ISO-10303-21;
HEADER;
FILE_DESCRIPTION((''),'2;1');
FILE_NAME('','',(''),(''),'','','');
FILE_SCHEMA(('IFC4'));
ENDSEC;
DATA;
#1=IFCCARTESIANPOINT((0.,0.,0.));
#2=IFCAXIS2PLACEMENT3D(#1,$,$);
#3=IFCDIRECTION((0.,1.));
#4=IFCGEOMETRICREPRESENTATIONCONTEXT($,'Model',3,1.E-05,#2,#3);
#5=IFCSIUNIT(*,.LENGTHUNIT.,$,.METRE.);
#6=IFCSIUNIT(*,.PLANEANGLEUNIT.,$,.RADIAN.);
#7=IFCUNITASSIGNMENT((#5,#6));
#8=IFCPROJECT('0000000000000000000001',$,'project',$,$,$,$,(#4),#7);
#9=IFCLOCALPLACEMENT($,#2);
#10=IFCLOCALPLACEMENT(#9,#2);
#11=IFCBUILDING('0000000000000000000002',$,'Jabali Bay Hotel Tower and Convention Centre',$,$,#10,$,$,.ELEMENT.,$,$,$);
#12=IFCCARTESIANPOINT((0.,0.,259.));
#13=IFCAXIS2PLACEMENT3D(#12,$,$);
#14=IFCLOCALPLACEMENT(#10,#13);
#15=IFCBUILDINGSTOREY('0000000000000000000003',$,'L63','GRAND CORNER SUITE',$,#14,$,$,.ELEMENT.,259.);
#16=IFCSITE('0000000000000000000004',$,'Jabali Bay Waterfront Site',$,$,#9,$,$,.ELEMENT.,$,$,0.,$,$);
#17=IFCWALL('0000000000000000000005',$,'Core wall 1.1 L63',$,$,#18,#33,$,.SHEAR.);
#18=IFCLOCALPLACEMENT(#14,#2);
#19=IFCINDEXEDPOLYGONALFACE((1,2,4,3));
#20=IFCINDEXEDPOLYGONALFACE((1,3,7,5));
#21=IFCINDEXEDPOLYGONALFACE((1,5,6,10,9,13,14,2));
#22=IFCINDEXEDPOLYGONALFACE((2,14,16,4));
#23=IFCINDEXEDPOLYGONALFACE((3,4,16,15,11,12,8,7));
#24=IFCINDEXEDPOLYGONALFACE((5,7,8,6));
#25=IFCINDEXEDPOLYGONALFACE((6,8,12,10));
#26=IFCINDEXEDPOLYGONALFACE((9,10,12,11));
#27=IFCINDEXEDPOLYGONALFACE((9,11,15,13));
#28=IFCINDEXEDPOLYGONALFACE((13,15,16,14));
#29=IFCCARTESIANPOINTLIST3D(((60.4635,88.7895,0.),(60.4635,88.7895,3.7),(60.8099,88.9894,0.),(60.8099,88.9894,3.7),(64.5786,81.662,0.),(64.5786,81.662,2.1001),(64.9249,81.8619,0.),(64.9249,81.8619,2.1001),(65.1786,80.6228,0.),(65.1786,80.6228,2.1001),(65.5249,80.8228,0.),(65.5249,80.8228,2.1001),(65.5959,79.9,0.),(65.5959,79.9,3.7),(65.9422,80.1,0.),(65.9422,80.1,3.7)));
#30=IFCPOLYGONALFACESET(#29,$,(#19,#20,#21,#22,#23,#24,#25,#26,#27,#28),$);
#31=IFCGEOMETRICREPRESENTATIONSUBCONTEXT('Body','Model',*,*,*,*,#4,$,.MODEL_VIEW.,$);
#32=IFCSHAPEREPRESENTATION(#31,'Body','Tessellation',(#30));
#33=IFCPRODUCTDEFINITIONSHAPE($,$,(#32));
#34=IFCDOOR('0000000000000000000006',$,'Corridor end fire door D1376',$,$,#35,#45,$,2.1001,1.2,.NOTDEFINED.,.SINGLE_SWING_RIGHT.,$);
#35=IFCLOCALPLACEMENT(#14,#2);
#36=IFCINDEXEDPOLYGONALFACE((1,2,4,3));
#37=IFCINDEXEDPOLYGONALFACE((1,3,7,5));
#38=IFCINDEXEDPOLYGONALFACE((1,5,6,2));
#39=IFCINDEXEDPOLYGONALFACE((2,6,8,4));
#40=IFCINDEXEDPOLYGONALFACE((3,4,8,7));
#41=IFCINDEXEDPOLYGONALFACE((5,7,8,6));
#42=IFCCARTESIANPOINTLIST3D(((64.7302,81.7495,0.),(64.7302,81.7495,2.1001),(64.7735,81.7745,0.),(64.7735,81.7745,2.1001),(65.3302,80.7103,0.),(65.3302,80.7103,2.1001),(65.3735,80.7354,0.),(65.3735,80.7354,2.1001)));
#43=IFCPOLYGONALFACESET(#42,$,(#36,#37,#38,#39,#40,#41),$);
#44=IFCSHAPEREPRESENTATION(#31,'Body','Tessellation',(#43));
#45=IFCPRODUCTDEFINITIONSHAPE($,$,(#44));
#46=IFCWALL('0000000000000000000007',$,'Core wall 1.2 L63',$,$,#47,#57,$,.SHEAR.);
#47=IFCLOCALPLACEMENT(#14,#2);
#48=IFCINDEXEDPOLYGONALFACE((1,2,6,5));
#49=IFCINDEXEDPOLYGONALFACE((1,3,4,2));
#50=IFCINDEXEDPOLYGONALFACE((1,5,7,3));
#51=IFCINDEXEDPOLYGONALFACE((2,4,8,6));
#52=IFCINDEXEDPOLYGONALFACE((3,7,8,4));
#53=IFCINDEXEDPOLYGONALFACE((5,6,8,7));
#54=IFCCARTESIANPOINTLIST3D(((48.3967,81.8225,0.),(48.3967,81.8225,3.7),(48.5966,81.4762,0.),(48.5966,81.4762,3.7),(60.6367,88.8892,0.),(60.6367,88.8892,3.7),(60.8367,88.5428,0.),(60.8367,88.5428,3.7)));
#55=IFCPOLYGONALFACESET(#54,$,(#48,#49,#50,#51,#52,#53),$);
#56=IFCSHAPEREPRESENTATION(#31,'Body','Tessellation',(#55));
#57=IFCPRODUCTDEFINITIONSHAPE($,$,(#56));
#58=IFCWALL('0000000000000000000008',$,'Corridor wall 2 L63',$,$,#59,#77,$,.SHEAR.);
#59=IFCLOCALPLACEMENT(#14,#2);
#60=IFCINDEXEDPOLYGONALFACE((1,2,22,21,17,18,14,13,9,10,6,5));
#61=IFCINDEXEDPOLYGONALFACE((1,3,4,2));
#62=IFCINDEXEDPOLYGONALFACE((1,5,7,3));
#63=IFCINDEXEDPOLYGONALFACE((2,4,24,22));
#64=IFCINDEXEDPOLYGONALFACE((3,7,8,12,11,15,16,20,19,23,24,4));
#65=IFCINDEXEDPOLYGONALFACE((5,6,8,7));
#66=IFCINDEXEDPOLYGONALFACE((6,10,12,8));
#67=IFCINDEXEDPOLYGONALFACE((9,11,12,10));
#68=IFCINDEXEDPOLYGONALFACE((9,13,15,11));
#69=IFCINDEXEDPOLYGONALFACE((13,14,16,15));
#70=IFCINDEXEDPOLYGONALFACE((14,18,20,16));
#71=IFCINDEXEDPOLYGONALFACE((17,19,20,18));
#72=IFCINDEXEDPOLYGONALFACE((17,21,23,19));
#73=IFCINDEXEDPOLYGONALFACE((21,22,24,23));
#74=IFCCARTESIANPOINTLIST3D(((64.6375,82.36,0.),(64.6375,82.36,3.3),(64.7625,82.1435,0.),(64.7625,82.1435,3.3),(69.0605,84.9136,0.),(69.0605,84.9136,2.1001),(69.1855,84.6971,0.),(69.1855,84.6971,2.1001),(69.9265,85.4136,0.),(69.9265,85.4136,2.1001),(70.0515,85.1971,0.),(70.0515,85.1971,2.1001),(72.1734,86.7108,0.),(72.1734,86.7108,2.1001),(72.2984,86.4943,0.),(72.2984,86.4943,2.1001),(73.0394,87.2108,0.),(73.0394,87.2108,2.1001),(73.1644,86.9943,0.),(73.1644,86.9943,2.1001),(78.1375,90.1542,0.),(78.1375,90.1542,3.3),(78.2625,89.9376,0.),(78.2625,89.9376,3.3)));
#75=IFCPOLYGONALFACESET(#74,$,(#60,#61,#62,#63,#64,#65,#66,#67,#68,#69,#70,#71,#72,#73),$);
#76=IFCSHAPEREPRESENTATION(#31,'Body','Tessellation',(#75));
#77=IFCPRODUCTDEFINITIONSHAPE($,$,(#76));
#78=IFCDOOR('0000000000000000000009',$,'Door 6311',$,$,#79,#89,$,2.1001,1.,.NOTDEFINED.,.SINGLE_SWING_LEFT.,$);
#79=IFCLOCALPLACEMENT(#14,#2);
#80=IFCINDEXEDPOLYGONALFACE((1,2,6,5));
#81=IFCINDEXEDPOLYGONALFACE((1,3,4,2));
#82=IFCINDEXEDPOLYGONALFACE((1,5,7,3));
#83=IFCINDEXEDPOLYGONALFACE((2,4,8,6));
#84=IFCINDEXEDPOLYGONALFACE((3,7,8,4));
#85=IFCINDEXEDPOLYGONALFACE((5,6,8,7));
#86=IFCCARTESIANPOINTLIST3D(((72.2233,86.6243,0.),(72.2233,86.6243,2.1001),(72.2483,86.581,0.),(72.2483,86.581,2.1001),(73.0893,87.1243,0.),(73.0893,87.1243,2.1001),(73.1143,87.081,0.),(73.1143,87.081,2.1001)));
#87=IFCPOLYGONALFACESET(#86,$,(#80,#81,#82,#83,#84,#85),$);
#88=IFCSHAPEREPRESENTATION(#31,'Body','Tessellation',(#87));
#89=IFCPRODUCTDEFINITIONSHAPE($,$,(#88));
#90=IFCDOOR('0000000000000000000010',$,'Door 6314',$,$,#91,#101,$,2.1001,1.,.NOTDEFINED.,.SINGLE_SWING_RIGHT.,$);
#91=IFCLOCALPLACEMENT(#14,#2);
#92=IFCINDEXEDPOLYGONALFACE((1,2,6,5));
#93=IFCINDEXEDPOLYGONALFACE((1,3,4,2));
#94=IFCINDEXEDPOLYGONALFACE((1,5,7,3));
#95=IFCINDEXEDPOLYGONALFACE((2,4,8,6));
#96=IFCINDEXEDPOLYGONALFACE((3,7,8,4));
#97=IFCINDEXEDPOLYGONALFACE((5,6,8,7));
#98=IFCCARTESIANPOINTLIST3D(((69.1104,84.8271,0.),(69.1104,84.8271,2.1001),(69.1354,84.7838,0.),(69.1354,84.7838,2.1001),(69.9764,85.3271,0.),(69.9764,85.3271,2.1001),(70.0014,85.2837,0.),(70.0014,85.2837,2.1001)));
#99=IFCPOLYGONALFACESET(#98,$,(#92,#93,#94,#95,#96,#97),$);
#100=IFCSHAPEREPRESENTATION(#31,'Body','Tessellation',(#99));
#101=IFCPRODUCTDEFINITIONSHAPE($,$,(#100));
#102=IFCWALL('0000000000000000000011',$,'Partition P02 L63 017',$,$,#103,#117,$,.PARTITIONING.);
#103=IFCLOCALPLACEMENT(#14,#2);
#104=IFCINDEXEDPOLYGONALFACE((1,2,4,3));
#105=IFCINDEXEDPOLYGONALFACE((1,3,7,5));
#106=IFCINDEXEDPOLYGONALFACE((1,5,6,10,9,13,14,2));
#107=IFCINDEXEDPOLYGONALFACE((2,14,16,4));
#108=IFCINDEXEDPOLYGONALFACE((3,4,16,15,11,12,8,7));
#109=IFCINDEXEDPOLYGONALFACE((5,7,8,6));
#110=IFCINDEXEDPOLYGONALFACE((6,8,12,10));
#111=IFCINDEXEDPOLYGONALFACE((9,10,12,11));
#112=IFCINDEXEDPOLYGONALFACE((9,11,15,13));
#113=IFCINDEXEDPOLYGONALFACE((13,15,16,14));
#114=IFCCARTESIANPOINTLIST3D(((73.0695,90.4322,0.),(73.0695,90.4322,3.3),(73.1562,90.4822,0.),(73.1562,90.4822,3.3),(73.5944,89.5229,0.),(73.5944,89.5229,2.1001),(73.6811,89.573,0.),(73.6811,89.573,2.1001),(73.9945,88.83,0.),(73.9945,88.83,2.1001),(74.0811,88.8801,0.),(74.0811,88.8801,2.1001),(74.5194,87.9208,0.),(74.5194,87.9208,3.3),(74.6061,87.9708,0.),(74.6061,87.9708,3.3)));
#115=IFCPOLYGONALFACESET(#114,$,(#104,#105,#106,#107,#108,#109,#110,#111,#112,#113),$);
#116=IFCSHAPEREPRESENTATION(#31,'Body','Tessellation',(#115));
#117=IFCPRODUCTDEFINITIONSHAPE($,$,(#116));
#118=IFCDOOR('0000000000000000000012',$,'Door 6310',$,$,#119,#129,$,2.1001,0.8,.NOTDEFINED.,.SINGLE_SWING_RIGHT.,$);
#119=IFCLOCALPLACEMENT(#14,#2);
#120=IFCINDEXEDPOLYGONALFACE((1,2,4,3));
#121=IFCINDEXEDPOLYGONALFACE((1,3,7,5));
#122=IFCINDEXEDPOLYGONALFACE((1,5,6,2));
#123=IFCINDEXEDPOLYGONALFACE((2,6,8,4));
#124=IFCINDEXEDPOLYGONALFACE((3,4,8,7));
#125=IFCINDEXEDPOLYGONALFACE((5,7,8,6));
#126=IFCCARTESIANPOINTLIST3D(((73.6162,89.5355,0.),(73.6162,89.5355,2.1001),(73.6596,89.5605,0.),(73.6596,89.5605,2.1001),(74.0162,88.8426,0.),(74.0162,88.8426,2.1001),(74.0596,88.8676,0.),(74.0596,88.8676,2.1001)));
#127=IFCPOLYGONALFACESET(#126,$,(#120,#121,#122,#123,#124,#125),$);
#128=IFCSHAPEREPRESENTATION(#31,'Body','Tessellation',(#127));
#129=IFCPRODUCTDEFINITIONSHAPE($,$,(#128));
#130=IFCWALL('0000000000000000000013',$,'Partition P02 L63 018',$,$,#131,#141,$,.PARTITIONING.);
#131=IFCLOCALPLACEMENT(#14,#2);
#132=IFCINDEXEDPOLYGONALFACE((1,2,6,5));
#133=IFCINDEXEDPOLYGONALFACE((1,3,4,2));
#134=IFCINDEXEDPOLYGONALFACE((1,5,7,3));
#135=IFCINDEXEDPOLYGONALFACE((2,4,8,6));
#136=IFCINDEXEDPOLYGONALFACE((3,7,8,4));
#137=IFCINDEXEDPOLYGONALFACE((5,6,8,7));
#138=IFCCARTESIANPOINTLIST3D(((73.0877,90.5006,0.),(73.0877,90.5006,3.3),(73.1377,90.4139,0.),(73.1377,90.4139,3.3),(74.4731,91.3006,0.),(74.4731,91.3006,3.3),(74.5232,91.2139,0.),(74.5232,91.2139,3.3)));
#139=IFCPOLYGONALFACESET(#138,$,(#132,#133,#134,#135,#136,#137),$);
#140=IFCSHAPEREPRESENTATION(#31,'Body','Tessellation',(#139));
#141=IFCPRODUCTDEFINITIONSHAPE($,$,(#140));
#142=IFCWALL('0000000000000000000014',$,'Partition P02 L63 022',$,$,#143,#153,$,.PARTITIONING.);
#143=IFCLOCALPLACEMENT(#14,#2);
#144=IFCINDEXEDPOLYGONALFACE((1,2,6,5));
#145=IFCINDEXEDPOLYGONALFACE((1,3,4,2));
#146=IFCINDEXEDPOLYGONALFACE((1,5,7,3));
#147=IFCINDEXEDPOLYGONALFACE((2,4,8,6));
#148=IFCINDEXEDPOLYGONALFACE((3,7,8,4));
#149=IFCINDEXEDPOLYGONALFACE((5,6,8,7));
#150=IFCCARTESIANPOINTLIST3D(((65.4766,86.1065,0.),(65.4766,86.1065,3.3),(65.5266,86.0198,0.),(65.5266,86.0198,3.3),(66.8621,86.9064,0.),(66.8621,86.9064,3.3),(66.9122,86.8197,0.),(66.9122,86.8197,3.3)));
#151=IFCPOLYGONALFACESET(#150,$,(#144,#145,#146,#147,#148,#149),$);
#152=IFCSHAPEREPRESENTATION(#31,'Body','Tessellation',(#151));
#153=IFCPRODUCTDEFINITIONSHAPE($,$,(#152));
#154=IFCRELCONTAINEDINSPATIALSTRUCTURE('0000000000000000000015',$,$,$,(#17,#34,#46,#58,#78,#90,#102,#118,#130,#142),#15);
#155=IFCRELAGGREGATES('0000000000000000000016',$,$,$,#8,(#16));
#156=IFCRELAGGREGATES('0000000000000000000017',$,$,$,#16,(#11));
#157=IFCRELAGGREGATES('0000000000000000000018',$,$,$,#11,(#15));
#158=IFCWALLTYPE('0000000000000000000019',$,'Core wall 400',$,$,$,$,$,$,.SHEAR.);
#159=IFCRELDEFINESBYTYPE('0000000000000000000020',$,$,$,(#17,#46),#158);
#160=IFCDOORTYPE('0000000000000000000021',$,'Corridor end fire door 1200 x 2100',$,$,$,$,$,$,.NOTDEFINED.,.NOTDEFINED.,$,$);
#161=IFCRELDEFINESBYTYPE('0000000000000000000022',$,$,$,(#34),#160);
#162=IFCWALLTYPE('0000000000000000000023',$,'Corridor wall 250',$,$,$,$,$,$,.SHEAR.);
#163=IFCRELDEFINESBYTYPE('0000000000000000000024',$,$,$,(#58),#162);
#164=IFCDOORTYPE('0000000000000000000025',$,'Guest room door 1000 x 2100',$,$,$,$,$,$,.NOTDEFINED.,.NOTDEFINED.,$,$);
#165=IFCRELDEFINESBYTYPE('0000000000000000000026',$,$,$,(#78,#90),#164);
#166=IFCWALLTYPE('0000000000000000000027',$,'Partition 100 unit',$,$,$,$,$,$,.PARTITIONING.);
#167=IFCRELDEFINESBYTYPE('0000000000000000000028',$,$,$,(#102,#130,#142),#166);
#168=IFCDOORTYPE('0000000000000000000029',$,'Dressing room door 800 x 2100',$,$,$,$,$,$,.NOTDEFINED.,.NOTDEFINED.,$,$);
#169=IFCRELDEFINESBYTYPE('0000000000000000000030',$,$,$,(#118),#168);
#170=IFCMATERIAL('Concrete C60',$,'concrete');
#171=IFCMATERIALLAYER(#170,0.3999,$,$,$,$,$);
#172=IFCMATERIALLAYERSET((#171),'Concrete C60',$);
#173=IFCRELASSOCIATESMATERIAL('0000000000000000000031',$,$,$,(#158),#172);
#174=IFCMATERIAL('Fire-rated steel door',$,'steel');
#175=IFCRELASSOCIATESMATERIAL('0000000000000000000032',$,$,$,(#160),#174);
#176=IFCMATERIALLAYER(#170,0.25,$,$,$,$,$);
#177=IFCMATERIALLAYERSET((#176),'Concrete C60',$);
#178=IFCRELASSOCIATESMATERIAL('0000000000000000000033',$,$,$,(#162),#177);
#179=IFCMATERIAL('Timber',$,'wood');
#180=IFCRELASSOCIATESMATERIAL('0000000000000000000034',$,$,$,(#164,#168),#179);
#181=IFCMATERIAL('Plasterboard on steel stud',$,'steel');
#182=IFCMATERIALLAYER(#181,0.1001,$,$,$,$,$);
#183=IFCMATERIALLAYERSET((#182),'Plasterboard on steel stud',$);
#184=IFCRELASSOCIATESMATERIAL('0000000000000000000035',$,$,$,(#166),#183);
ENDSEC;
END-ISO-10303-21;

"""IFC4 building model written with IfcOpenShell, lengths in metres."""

from ifc_helpers import new_model, si_unit, direction, frame, frame_2d, origin, place, context, subcontext, project, spatial, rectangle, extrude, material, layer, layer_set, type_object, element, fill, save


model = new_model("IFC4")

# Units and contexts
model_context = context("Model", 3, precision=1e-05, world=origin(), true_north=direction((0.0, 1.0)))
body_context = subcontext(model_context, "Body", "Model", "MODEL_VIEW")
ifc_project = project(units=[si_unit("LENGTHUNIT", "METRE"), si_unit("PLANEANGLEUNIT", "RADIAN")], contexts=[model_context])

# Site, building, storey
site_placement = place(None, origin())
site = spatial("IfcSite", under=ifc_project, at=site_placement, Name="Jabali Bay Waterfront Site", CompositionType="ELEMENT", RefElevation=0.0)
building_placement = place(site_placement, origin())
building = spatial("IfcBuilding", under=site, at=building_placement, Name="Jabali Bay Hotel Tower and Convention Centre", CompositionType="ELEMENT")
storey_placement = place(building_placement, frame((0.0, 0.0, 259.0)))
storey = spatial("IfcBuildingStorey", under=building, at=storey_placement, Name="L63", Description="GRAND CORNER SUITE", CompositionType="ELEMENT", Elevation=259.0)

# Shared definitions
ifc_material_1 = material(Name="Fire-rated steel door", Category="steel")

# Wall, opening, door
ifc_material_2 = material(Name="Concrete C60", Category="concrete")
ifc_layer_1 = layer(ifc_material_2, 0.3999)
ifc_layer_set_1 = layer_set([ifc_layer_1], Name="Concrete C60")
wall_type_1 = type_object("IfcWallType", Name="Core wall 400", PredefinedType="SHEAR", material=ifc_layer_set_1)
wall_1_placement = place(storey_placement, frame((65.769, 80.0, 0.0), z_axis=(0.0, 0.0, 1.0), x_axis=(-0.500002, 0.866024, 0.0)))
wall_1 = element("IfcWall", 1, at=wall_1_placement, inside=storey, type_object=wall_type_1, Name="Core wall 1.1 L63", PredefinedType="SHEAR", context=body_context, shape_type="SweptSolid", body=[
    extrude(rectangle(XDim=10.2646, YDim=0.3999, at=frame_2d((5.1323, 0.0))), origin(), (0.0, 0.0, 1.0), 3.7),
])
opening_1_placement = place(wall_1_placement, frame((0.8345, 0.0, 0.0)))
opening_1 = element("IfcOpeningElement", 2, at=opening_1_placement, cuts=wall_1, PredefinedType="OPENING", context=body_context, shape_type="SweptSolid", body=[
    extrude(rectangle(XDim=1.2, YDim=2.1001, at=frame_2d((0.6001, 1.05))), frame((0.0, 0.2104, 0.0), z_axis=(0.0, -1.0, 0.0), x_axis=(1.0, 0.0, 0.0)), (0.0, 0.0, 1.0), 0.4209),
])
door_type_1 = type_object("IfcDoorType", Name="Corridor end fire door 1200 x 2100", OperationType="NOTDEFINED", PredefinedType="NOTDEFINED", material=ifc_material_1)
door_1_placement = place(opening_1_placement, origin())
door_1 = element("IfcDoor", 3, at=door_1_placement, inside=storey, type_object=door_type_1, Name="Corridor end fire door D1376", OperationType="SINGLE_SWING_RIGHT", OverallHeight=2.1001, OverallWidth=1.2, PredefinedType="NOTDEFINED", context=body_context, shape_type="SweptSolid", body=[
    extrude(rectangle(XDim=1.2, YDim=2.1001, at=frame_2d((0.6001, 1.05))), frame((0.0, 0.0249, 0.0), z_axis=(0.0, -1.0, 0.0), x_axis=(1.0, 0.0, 0.0)), (0.0, 0.0, 1.0), 0.05),
])
fill(opening_1, door_1)

# Wall
wall_2_placement = place(storey_placement, frame((60.7368, 88.7161, 0.0), z_axis=(0.0, 0.0, 1.0), x_axis=(-0.866029, -0.499994, 0.0)))
element("IfcWall", 4, at=wall_2_placement, inside=storey, type_object=wall_type_1, Name="Core wall 1.2 L63", PredefinedType="SHEAR", context=body_context, shape_type="SweptSolid", body=[
    extrude(rectangle(XDim=14.1335, YDim=0.3999, at=frame_2d((7.0669, 0.0))), origin(), (0.0, 0.0, 1.0), 3.7),
])

# Wall, openings, doors
ifc_layer_2 = layer(ifc_material_2, 0.25)
ifc_layer_set_2 = layer_set([ifc_layer_2], Name="Concrete C60")
wall_type_2 = type_object("IfcWallType", Name="Corridor wall 250", PredefinedType="SHEAR", material=ifc_layer_set_2)
wall_3_placement = place(storey_placement, frame((78.2, 90.0459, 0.0), z_axis=(0.0, 0.0, 1.0), x_axis=(-0.866026, -0.499998, 0.0)))
wall_3 = element("IfcWall", 5, at=wall_3_placement, inside=storey, type_object=wall_type_2, Name="Corridor wall 2 L63", PredefinedType="SHEAR", context=body_context, shape_type="SweptSolid", body=[
    extrude(rectangle(XDim=15.5884, YDim=0.25, at=frame_2d((7.7942, 0.0))), origin(), (0.0, 0.0, 1.0), 3.3),
])
opening_2_placement = place(wall_3_placement, frame((5.8867, 0.0, 0.0)))
opening_2 = element("IfcOpeningElement", 6, at=opening_2_placement, cuts=wall_3, PredefinedType="OPENING", context=body_context, shape_type="SweptSolid", body=[
    extrude(rectangle(XDim=1.0, YDim=2.1001, at=frame_2d((0.5, 1.05))), frame((0.0, 0.1355, 0.0), z_axis=(0.0, -1.0, 0.0), x_axis=(1.0, 0.0, 0.0)), (0.0, 0.0, 1.0), 0.271),
])
opening_3_placement = place(wall_3_placement, frame((9.4812, 0.0, 0.0)))
opening_3 = element("IfcOpeningElement", 7, at=opening_3_placement, cuts=wall_3, PredefinedType="OPENING", context=body_context, shape_type="SweptSolid", body=[
    extrude(rectangle(XDim=1.0, YDim=2.1001, at=frame_2d((0.5, 1.05))), frame((0.0, 0.1355, 0.0), z_axis=(0.0, -1.0, 0.0), x_axis=(1.0, 0.0, 0.0)), (0.0, 0.0, 1.0), 0.271),
])
ifc_material_3 = material(Name="Timber", Category="wood")
door_type_2 = type_object("IfcDoorType", Name="Guest room door 1000 x 2100", OperationType="NOTDEFINED", PredefinedType="NOTDEFINED", material=ifc_material_3)
door_2_placement = place(opening_2_placement, origin())
door_2 = element("IfcDoor", 8, at=door_2_placement, inside=storey, type_object=door_type_2, Name="Door 6311", OperationType="SINGLE_SWING_LEFT", OverallHeight=2.1001, OverallWidth=1.0, PredefinedType="NOTDEFINED", context=body_context, shape_type="SweptSolid", body=[
    extrude(rectangle(XDim=1.0, YDim=2.1001, at=frame_2d((0.5, 1.05))), frame((0.0, 0.0249, 0.0), z_axis=(0.0, -1.0, 0.0), x_axis=(1.0, 0.0, 0.0)), (0.0, 0.0, 1.0), 0.05),
])
fill(opening_2, door_2)
door_3_placement = place(opening_3_placement, origin())
door_3 = element("IfcDoor", 9, at=door_3_placement, inside=storey, type_object=door_type_2, Name="Door 6314", OperationType="SINGLE_SWING_RIGHT", OverallHeight=2.1001, OverallWidth=1.0, PredefinedType="NOTDEFINED", context=body_context, shape_type="SweptSolid", body=[
    extrude(rectangle(XDim=1.0, YDim=2.1001, at=frame_2d((0.5, 1.05))), frame((0.0, 0.0249, 0.0), z_axis=(0.0, -1.0, 0.0), x_axis=(1.0, 0.0, 0.0)), (0.0, 0.0, 1.0), 0.05),
])
fill(opening_3, door_3)

# Wall, opening, door
ifc_material_4 = material(Name="Plasterboard on steel stud", Category="steel")
ifc_layer_3 = layer(ifc_material_4, 0.1001)
ifc_layer_set_3 = layer_set([ifc_layer_3], Name="Plasterboard on steel stud")
wall_type_3 = type_object("IfcWallType", Name="Partition 100 unit", PredefinedType="PARTITIONING", material=ifc_layer_set_3)
wall_4_placement = place(storey_placement, frame((74.5627, 87.9458, 0.0), z_axis=(0.0, 0.0, 1.0), x_axis=(-0.499987, 0.866033, 0.0)))
wall_4 = element("IfcWall", 10, at=wall_4_placement, inside=storey, type_object=wall_type_3, Name="Partition P02 L63 017", PredefinedType="PARTITIONING", context=body_context, shape_type="SweptSolid", body=[
    extrude(rectangle(XDim=2.8999, YDim=0.1001, at=frame_2d((1.45, 0.0))), origin(), (0.0, 0.0, 1.0), 3.3),
])
opening_4_placement = place(wall_4_placement, frame((1.05, 0.0, 0.0)))
opening_4 = element("IfcOpeningElement", 11, at=opening_4_placement, cuts=wall_4, PredefinedType="OPENING", context=body_context, shape_type="SweptSolid", body=[
    extrude(rectangle(XDim=0.8, YDim=2.1001, at=frame_2d((0.3999, 1.05))), frame((0.0, 0.0605, 0.0), z_axis=(0.0, -1.0, 0.0), x_axis=(1.0, 0.0, 0.0)), (0.0, 0.0, 1.0), 0.1211),
])
door_type_3 = type_object("IfcDoorType", Name="Dressing room door 800 x 2100", OperationType="NOTDEFINED", PredefinedType="NOTDEFINED", material=ifc_material_3)
door_4_placement = place(opening_4_placement, origin())
door_4 = element("IfcDoor", 12, at=door_4_placement, inside=storey, type_object=door_type_3, Name="Door 6310", OperationType="SINGLE_SWING_RIGHT", OverallHeight=2.1001, OverallWidth=0.8, PredefinedType="NOTDEFINED", context=body_context, shape_type="SweptSolid", body=[
    extrude(rectangle(XDim=0.8, YDim=2.1001, at=frame_2d((0.3999, 1.05))), frame((0.0, 0.0249, 0.0), z_axis=(0.0, -1.0, 0.0), x_axis=(1.0, 0.0, 0.0)), (0.0, 0.0, 1.0), 0.05),
])
fill(opening_4, door_4)

# Walls
for number, where, z_axis, x_axis, name in (
    (13, (73.1128, 90.4573, 0.0), (0.0, 0.0, 1.0), (0.86599, 0.500061, 0.0), "Partition P02 L63 018"),
    (14, (65.5017, 86.0632, 0.0), (0.0, 0.0, 1.0), (0.866056, 0.499947, 0.0), "Partition P02 L63 022"),
):
    element("IfcWall", number, at=place(storey_placement, frame(where, z_axis=z_axis, x_axis=x_axis)), inside=storey, type_object=wall_type_3, Name=name, PredefinedType="PARTITIONING", context=body_context, shape_type="SweptSolid", body=[
        extrude(rectangle(XDim=1.5999, YDim=0.1001, at=frame_2d((0.7998, 0.0))), origin(), (0.0, 0.0, 1.0), 3.3),
    ])

save(model, "model.ifc")
